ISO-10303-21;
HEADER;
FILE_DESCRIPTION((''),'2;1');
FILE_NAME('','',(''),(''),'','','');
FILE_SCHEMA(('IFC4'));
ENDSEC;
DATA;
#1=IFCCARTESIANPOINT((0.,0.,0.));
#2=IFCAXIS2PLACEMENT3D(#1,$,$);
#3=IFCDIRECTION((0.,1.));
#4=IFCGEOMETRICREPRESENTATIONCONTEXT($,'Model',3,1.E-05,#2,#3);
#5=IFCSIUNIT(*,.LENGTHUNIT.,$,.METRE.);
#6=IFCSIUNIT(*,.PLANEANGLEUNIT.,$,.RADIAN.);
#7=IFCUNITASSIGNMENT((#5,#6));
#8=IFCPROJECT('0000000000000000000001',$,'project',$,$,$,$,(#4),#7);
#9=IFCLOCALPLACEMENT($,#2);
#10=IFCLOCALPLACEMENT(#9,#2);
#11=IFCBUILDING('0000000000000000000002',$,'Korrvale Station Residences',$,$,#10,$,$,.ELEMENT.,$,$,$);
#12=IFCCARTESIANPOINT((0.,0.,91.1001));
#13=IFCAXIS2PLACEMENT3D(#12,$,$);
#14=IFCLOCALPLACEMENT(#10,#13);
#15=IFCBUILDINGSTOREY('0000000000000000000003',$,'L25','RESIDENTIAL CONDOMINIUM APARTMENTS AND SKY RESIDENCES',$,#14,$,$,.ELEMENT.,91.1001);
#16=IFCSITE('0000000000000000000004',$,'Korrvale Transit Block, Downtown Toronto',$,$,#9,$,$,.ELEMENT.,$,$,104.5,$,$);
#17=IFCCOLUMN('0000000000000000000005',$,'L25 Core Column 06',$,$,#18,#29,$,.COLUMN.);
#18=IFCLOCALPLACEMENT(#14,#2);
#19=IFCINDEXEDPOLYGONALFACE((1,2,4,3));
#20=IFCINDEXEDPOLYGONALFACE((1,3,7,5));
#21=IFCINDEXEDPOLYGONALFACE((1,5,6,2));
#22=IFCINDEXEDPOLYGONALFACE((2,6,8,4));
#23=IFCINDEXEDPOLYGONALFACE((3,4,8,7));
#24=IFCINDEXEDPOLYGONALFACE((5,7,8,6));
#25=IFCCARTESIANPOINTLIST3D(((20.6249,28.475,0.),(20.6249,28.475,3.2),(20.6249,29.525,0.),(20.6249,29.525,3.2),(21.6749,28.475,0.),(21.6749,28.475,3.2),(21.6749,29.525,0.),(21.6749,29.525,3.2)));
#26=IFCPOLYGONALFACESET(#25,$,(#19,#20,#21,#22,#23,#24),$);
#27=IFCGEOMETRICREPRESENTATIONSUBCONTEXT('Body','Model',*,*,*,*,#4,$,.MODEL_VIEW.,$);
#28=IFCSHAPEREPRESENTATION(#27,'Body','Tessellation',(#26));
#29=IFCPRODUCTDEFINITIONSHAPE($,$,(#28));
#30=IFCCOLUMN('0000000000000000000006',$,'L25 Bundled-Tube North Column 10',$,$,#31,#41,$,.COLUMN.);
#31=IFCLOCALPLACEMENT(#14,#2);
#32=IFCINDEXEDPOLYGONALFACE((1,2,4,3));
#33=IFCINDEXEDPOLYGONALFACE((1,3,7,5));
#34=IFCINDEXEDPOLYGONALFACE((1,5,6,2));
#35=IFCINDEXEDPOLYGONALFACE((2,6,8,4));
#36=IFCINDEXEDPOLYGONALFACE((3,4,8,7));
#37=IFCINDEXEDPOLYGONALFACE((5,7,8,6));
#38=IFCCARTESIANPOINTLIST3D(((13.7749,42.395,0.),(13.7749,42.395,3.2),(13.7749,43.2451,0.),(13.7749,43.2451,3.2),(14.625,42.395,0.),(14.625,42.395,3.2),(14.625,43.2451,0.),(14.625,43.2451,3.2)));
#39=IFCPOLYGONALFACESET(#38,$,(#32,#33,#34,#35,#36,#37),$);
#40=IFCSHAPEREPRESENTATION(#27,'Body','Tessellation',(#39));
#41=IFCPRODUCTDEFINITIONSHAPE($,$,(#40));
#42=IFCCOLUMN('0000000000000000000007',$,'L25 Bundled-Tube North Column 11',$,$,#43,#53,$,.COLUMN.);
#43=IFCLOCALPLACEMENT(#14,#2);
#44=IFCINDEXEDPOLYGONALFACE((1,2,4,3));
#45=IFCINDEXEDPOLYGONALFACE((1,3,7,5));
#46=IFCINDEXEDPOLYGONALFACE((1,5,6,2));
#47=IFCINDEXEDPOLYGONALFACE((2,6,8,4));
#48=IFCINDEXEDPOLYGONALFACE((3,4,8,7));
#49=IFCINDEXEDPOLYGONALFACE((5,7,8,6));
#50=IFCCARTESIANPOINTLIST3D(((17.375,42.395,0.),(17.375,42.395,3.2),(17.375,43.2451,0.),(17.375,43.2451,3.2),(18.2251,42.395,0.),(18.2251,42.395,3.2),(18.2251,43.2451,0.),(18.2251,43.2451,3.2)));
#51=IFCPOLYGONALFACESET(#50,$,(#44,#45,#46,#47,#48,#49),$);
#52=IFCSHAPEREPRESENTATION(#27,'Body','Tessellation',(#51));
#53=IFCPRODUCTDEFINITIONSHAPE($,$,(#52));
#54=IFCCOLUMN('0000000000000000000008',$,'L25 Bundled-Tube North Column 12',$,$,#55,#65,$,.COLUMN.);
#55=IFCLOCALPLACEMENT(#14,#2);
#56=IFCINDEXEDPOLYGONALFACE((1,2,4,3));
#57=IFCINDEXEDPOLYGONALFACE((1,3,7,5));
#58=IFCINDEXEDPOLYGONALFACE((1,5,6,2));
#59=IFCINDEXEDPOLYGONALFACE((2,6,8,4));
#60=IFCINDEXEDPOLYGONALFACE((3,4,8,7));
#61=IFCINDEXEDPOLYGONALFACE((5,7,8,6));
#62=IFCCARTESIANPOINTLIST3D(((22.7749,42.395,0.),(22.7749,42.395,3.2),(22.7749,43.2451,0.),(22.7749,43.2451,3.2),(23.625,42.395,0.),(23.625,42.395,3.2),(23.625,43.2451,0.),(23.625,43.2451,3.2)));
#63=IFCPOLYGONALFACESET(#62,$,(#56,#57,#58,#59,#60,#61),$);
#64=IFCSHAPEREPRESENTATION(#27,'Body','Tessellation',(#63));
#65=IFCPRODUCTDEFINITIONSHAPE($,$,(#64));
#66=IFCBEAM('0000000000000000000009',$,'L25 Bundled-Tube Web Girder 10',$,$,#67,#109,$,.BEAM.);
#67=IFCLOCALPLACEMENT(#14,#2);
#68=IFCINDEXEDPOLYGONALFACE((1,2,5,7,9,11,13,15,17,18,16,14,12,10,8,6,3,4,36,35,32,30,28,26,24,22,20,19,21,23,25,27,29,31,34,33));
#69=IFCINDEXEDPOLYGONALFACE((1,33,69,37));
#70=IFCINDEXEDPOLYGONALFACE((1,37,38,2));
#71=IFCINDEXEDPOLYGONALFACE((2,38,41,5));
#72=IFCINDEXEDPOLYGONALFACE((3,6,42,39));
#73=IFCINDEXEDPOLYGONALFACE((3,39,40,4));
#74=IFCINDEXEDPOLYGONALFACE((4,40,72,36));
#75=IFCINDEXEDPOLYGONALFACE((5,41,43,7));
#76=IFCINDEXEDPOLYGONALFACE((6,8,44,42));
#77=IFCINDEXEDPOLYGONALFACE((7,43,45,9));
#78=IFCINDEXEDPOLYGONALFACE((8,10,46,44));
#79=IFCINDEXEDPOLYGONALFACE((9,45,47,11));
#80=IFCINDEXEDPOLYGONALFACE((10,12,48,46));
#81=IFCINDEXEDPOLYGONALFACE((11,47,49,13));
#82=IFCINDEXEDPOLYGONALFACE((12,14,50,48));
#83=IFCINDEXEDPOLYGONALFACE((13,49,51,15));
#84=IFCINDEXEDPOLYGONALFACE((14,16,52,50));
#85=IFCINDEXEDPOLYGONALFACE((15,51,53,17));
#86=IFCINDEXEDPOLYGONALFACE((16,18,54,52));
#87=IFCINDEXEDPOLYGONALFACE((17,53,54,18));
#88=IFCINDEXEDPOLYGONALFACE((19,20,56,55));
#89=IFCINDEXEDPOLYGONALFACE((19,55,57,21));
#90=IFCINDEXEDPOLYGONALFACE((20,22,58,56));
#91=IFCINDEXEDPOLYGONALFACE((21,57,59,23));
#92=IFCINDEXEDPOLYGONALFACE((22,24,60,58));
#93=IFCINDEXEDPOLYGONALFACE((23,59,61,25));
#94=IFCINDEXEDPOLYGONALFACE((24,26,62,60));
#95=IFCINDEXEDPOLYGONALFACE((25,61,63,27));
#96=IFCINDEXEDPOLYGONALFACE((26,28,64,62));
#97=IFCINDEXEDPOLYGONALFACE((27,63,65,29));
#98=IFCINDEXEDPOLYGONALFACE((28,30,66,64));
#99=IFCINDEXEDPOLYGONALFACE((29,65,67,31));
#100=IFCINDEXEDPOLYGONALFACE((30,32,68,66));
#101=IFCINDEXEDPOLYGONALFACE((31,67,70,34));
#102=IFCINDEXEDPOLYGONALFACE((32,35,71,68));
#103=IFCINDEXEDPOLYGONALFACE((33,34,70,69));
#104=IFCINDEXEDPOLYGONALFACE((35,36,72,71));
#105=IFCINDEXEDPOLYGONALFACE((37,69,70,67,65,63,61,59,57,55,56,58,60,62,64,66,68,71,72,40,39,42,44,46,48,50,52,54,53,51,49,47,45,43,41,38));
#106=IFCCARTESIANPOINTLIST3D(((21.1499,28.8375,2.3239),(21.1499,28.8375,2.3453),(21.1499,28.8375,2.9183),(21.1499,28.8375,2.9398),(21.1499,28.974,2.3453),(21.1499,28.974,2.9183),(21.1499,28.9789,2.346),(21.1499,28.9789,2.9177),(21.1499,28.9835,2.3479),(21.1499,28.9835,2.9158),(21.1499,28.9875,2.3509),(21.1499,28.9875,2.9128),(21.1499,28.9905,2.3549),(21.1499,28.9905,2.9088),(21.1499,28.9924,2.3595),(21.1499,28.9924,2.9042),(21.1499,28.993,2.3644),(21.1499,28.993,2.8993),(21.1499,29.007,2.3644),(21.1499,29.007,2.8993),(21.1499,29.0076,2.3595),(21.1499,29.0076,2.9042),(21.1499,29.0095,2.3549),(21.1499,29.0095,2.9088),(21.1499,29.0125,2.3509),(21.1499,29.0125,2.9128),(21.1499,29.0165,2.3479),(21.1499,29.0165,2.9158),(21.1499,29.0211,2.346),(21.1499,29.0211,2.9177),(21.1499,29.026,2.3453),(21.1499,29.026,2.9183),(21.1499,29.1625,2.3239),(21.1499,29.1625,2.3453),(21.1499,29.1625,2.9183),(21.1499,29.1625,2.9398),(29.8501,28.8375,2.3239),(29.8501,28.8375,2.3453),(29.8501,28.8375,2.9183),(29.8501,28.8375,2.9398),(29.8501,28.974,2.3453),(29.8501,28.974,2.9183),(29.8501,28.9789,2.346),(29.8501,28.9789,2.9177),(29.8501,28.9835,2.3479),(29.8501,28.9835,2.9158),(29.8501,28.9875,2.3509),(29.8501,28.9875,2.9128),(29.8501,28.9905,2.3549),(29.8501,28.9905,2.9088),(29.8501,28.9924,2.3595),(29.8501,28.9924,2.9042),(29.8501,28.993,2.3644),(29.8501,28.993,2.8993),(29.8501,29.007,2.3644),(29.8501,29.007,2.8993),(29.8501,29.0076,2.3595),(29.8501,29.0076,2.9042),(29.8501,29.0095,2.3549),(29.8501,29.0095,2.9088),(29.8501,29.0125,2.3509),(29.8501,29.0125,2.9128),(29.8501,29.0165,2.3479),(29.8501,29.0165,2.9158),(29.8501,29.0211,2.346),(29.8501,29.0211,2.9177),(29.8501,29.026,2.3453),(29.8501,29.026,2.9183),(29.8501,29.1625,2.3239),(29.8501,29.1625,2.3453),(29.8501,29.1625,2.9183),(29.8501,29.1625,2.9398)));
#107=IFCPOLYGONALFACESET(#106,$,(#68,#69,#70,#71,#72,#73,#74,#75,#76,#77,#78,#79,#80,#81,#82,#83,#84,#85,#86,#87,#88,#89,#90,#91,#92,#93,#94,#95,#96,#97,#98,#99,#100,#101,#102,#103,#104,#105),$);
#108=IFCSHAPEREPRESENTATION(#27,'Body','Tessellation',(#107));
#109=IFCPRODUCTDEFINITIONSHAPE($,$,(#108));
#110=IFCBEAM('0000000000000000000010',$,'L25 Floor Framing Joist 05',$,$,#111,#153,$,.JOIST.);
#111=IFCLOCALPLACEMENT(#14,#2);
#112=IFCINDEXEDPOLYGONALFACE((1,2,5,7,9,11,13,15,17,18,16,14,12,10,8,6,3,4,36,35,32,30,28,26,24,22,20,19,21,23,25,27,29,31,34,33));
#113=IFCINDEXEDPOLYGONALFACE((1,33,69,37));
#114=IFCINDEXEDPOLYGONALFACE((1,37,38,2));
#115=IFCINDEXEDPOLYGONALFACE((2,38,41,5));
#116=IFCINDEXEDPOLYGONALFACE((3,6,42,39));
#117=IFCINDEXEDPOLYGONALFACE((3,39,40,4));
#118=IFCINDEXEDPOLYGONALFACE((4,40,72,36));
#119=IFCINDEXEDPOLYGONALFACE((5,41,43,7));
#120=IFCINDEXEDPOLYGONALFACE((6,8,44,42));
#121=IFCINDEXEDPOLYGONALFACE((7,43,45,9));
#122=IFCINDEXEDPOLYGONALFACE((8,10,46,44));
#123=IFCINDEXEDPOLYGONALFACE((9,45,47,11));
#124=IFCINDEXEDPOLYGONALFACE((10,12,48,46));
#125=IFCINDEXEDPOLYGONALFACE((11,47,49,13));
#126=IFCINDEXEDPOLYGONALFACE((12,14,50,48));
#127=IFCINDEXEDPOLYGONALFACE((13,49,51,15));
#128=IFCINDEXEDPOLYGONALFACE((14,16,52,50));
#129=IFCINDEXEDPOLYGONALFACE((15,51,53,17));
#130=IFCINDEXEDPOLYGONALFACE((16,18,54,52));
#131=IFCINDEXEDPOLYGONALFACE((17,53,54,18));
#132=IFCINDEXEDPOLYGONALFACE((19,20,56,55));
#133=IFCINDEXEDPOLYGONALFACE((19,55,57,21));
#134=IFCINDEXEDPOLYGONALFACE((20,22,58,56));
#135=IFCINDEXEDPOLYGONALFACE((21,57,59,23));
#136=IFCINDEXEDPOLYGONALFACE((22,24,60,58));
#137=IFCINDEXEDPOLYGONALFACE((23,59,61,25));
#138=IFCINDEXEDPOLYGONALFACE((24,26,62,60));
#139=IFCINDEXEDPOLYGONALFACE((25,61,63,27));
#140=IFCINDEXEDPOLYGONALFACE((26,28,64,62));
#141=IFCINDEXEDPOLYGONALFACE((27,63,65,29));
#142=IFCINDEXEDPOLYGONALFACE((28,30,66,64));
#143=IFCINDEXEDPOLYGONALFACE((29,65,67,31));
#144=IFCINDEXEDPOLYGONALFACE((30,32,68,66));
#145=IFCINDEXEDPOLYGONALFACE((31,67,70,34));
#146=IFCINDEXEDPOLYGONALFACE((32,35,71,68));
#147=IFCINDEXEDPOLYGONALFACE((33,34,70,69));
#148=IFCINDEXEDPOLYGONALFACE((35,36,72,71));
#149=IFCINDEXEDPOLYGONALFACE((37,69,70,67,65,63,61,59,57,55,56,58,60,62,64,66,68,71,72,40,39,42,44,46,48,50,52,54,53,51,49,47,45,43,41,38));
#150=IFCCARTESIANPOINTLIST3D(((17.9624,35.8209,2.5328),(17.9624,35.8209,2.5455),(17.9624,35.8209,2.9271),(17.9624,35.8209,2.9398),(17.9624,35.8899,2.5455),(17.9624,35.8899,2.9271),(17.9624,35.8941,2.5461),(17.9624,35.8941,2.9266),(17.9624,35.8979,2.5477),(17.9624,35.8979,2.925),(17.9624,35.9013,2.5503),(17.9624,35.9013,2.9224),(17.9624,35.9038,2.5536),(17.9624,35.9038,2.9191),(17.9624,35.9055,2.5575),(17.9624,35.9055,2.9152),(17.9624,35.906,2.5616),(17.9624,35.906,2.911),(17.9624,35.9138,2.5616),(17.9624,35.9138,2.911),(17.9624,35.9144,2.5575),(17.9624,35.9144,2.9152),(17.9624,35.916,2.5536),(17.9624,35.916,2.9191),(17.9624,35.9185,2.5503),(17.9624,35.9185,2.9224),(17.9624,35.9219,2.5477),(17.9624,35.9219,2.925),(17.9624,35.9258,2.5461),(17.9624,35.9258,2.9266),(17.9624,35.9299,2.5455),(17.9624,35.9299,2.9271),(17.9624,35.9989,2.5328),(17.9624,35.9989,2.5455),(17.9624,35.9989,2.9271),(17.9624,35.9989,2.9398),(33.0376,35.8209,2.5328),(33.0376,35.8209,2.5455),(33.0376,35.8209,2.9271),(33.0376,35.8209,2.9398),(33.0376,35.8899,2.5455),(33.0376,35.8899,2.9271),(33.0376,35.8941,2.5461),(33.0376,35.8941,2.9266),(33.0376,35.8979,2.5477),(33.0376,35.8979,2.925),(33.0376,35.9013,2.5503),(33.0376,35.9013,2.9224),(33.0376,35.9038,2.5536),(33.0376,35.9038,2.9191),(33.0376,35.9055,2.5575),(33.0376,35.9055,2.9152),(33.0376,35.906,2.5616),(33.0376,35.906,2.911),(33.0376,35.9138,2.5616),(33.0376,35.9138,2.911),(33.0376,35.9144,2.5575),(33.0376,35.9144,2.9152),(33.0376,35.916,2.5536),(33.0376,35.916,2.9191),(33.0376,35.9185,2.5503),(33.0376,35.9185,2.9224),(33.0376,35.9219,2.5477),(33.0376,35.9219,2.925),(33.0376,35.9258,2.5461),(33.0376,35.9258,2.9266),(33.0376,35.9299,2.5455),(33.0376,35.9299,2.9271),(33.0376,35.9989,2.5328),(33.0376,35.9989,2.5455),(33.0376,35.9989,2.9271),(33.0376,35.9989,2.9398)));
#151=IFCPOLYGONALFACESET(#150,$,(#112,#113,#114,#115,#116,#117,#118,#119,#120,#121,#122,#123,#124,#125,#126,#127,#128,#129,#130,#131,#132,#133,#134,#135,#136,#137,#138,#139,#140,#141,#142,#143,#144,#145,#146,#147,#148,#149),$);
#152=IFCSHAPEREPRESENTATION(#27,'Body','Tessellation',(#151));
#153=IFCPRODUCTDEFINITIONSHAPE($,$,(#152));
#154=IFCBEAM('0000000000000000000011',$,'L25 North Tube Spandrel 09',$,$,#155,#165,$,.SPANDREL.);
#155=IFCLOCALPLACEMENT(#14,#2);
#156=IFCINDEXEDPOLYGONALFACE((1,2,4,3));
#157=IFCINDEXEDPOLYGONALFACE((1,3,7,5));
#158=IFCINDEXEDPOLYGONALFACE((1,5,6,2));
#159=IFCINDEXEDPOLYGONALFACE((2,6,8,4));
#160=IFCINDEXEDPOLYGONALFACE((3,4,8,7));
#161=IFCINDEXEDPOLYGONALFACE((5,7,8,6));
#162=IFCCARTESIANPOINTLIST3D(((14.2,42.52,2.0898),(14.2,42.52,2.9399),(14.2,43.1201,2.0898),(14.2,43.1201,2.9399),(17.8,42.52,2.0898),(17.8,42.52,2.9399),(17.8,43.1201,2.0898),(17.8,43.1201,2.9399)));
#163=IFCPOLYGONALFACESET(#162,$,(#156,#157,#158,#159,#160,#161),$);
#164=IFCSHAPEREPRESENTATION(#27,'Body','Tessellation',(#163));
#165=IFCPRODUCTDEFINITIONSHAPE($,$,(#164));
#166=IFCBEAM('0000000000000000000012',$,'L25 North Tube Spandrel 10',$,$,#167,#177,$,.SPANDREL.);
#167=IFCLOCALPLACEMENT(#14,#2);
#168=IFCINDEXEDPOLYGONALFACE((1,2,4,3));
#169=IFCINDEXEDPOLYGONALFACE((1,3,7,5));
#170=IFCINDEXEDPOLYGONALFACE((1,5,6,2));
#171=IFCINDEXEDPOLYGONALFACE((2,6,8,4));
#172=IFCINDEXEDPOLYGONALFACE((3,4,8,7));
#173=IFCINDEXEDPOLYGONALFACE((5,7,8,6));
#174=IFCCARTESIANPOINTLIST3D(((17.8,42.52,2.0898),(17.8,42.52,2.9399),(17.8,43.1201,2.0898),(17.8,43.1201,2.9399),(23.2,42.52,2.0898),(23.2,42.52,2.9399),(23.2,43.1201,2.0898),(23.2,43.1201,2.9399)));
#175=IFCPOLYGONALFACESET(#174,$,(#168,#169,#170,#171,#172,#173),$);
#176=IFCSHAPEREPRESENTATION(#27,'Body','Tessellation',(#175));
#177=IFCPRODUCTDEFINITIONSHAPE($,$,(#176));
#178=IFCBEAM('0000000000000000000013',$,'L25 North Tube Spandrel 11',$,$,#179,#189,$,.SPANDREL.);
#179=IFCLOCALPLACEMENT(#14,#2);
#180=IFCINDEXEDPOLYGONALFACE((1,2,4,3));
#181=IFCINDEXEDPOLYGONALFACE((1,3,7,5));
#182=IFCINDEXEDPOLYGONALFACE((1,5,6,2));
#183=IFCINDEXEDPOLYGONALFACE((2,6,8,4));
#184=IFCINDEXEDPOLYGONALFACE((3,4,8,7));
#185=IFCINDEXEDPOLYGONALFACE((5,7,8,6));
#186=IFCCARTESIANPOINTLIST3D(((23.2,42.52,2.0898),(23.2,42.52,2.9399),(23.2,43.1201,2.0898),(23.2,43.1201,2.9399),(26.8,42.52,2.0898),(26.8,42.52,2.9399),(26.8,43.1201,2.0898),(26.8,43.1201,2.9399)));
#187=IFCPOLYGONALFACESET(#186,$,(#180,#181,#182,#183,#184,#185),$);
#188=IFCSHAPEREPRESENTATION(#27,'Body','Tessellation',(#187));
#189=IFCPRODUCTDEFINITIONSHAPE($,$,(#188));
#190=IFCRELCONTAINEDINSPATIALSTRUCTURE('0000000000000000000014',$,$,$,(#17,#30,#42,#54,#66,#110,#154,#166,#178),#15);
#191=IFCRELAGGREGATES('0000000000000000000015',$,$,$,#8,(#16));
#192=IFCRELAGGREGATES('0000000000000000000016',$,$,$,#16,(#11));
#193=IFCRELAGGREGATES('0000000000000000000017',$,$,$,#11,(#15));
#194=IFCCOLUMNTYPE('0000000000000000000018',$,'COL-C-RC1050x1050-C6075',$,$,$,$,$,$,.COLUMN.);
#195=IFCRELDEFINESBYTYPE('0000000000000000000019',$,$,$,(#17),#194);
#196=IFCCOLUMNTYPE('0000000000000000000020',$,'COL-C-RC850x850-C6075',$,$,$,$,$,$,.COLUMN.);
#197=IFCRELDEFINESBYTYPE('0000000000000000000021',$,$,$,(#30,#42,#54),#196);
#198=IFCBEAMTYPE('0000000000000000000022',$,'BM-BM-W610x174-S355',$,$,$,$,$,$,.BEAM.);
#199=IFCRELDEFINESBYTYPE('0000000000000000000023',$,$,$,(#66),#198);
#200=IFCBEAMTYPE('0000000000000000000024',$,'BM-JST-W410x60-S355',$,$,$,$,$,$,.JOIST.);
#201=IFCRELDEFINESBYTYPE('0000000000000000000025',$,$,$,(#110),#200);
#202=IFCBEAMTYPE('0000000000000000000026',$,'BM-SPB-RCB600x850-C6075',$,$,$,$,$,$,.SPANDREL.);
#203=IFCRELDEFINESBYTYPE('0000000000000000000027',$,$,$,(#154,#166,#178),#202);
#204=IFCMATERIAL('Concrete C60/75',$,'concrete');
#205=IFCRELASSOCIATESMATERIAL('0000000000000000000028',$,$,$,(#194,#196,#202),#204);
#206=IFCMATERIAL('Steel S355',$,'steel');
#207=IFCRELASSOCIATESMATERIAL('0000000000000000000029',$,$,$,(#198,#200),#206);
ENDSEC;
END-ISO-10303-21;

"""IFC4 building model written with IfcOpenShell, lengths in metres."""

from ifc_helpers import new_model, si_unit, direction, frame, origin, origin_2d, place, context, subcontext, project, spatial, rectangle, i_section, extrude, material, material_profile, profile_set, type_object, element, save


model = new_model("IFC4")

# Units and contexts
model_context = context("Model", 3, precision=1e-05, world=origin(), true_north=direction((0.0, 1.0)))
body_context = subcontext(model_context, "Body", "Model", "MODEL_VIEW")
ifc_project = project(units=[si_unit("LENGTHUNIT", "METRE"), si_unit("PLANEANGLEUNIT", "RADIAN")], contexts=[model_context])

# Site, building, storey
site_placement = place(None, origin())
site = spatial("IfcSite", under=ifc_project, at=site_placement, Name="Korrvale Transit Block, Downtown Toronto", CompositionType="ELEMENT", RefElevation=104.5)
building_placement = place(site_placement, origin())
building = spatial("IfcBuilding", under=site, at=building_placement, Name="Korrvale Station Residences", CompositionType="ELEMENT")
storey_placement = place(building_placement, frame((0.0, 0.0, 91.1001)))
storey = spatial("IfcBuildingStorey", under=building, at=storey_placement, Name="L25", Description="RESIDENTIAL CONDOMINIUM APARTMENTS AND SKY RESIDENCES", CompositionType="ELEMENT", Elevation=91.1001)

# Columns
ifc_material_1 = material(Name="Concrete C60/75", Category="concrete")
ifc_material_profile_1 = material_profile(ifc_material_1, rectangle(XDim=1.05, YDim=1.05, at=origin_2d()), Name="RC1050x1050")
ifc_profile_set_1 = profile_set([ifc_material_profile_1], Name="Concrete C60/75")
column_type_1 = type_object("IfcColumnType", Name="COL-C-RC1050x1050-C6075", PredefinedType="COLUMN", material=ifc_profile_set_1)
column_placement = place(storey_placement, frame((21.1499, 29.0, 0.0), z_axis=(0.0, 0.0, 1.0), x_axis=(1.0, 0.0, 0.0)))
element("IfcColumn", 1, at=column_placement, inside=storey, type_object=column_type_1, Name="L25 Core Column 06", PredefinedType="COLUMN", context=body_context, shape_type="SweptSolid", body=[
    extrude(rectangle(XDim=1.05, YDim=1.05, at=origin_2d()), origin(), (0.0, 0.0, 1.0), 3.2),
])
ifc_material_profile_2 = material_profile(ifc_material_1, rectangle(XDim=0.8501, YDim=0.8501, at=origin_2d()), Name="RC850x850")
ifc_profile_set_2 = profile_set([ifc_material_profile_2], Name="Concrete C60/75")
column_type_2 = type_object("IfcColumnType", Name="COL-C-RC850x850-C6075", PredefinedType="COLUMN", material=ifc_profile_set_2)
for number, where, z_axis, x_axis, name in (
    (2, (14.2, 42.8201, 0.0), (0.0, 0.0, 1.0), (1.0, 0.0, 0.0), "L25 Bundled-Tube North Column 10"),
    (3, (17.8, 42.8201, 0.0), (0.0, 0.0, 1.0), (1.0, 0.0, 0.0), "L25 Bundled-Tube North Column 11"),
    (4, (23.2, 42.8201, 0.0), (0.0, 0.0, 1.0), (1.0, 0.0, 0.0), "L25 Bundled-Tube North Column 12"),
):
    element("IfcColumn", number, at=place(storey_placement, frame(where, z_axis=z_axis, x_axis=x_axis)), inside=storey, type_object=column_type_2, Name=name, PredefinedType="COLUMN", context=body_context, shape_type="SweptSolid", body=[
        extrude(rectangle(XDim=0.8501, YDim=0.8501, at=origin_2d()), origin(), (0.0, 0.0, 1.0), 3.2),
    ])

# Beams
ifc_material_2 = material(Name="Steel S355", Category="steel")
ifc_material_profile_3 = material_profile(ifc_material_2, i_section(OverallWidth=0.325, OverallDepth=0.616, WebThickness=0.0139, FlangeThickness=0.0215, FilletRadius=0.019, at=origin_2d()), Name="W610x174")
ifc_profile_set_3 = profile_set([ifc_material_profile_3], Name="Steel S355")
beam_type_1 = type_object("IfcBeamType", Name="BM-BM-W610x174-S355", PredefinedType="BEAM", material=ifc_profile_set_3)
beam_1_placement = place(storey_placement, frame((21.1499, 29.0, 2.6318), z_axis=(1.0, 0.0, 0.0), x_axis=(0.0, 1.0, 0.0)))
element("IfcBeam", 5, at=beam_1_placement, inside=storey, type_object=beam_type_1, Name="L25 Bundled-Tube Web Girder 10", PredefinedType="BEAM", context=body_context, shape_type="SweptSolid", body=[
    extrude(i_section(OverallWidth=0.325, OverallDepth=0.616, WebThickness=0.0139, FlangeThickness=0.0215, FilletRadius=0.019, at=origin_2d()), origin(), (0.0, 0.0, 1.0), 8.7002),
])
ifc_material_profile_4 = material_profile(ifc_material_2, i_section(OverallWidth=0.178, OverallDepth=0.407, WebThickness=0.0078, FlangeThickness=0.0127, FilletRadius=0.0161, at=origin_2d()), Name="W410x60")
ifc_profile_set_4 = profile_set([ifc_material_profile_4], Name="Steel S355")
beam_type_2 = type_object("IfcBeamType", Name="BM-JST-W410x60-S355", PredefinedType="JOIST", material=ifc_profile_set_4)
beam_2_placement = place(storey_placement, frame((17.9624, 35.9099, 2.7363), z_axis=(1.0, 0.0, 0.0), x_axis=(0.0, 1.0, 0.0)))
element("IfcBeam", 6, at=beam_2_placement, inside=storey, type_object=beam_type_2, Name="L25 Floor Framing Joist 05", PredefinedType="JOIST", context=body_context, shape_type="SweptSolid", body=[
    extrude(i_section(OverallWidth=0.178, OverallDepth=0.407, WebThickness=0.0078, FlangeThickness=0.0127, FilletRadius=0.0161, at=origin_2d()), origin(), (0.0, 0.0, 1.0), 15.0752),
])
ifc_material_profile_5 = material_profile(ifc_material_1, rectangle(XDim=0.6001, YDim=0.8501, at=origin_2d()), Name="RCB600x850")
ifc_profile_set_5 = profile_set([ifc_material_profile_5], Name="Concrete C60/75")
beam_type_3 = type_object("IfcBeamType", Name="BM-SPB-RCB600x850-C6075", PredefinedType="SPANDREL", material=ifc_profile_set_5)
beam_3_placement = place(storey_placement, frame((14.2, 42.8201, 2.5149), z_axis=(1.0, 0.0, 0.0), x_axis=(0.0, 1.0, 0.0)))
element("IfcBeam", 7, at=beam_3_placement, inside=storey, type_object=beam_type_3, Name="L25 North Tube Spandrel 09", PredefinedType="SPANDREL", context=body_context, shape_type="SweptSolid", body=[
    extrude(rectangle(XDim=0.6001, YDim=0.8501, at=origin_2d()), origin(), (0.0, 0.0, 1.0), 3.6001),
])
beam_4_placement = place(storey_placement, frame((17.8, 42.8201, 2.5149), z_axis=(1.0, 0.0, 0.0), x_axis=(0.0, 1.0, 0.0)))
element("IfcBeam", 8, at=beam_4_placement, inside=storey, type_object=beam_type_3, Name="L25 North Tube Spandrel 10", PredefinedType="SPANDREL", context=body_context, shape_type="SweptSolid", body=[
    extrude(rectangle(XDim=0.6001, YDim=0.8501, at=origin_2d()), origin(), (0.0, 0.0, 1.0), 5.3999),
])
beam_5_placement = place(storey_placement, frame((23.2, 42.8201, 2.5149), z_axis=(1.0, 0.0, 0.0), x_axis=(0.0, 1.0, 0.0)))
element("IfcBeam", 9, at=beam_5_placement, inside=storey, type_object=beam_type_3, Name="L25 North Tube Spandrel 11", PredefinedType="SPANDREL", context=body_context, shape_type="SweptSolid", body=[
    extrude(rectangle(XDim=0.6001, YDim=0.8501, at=origin_2d()), origin(), (0.0, 0.0, 1.0), 3.6001),
])

save(model, "model.ifc")
